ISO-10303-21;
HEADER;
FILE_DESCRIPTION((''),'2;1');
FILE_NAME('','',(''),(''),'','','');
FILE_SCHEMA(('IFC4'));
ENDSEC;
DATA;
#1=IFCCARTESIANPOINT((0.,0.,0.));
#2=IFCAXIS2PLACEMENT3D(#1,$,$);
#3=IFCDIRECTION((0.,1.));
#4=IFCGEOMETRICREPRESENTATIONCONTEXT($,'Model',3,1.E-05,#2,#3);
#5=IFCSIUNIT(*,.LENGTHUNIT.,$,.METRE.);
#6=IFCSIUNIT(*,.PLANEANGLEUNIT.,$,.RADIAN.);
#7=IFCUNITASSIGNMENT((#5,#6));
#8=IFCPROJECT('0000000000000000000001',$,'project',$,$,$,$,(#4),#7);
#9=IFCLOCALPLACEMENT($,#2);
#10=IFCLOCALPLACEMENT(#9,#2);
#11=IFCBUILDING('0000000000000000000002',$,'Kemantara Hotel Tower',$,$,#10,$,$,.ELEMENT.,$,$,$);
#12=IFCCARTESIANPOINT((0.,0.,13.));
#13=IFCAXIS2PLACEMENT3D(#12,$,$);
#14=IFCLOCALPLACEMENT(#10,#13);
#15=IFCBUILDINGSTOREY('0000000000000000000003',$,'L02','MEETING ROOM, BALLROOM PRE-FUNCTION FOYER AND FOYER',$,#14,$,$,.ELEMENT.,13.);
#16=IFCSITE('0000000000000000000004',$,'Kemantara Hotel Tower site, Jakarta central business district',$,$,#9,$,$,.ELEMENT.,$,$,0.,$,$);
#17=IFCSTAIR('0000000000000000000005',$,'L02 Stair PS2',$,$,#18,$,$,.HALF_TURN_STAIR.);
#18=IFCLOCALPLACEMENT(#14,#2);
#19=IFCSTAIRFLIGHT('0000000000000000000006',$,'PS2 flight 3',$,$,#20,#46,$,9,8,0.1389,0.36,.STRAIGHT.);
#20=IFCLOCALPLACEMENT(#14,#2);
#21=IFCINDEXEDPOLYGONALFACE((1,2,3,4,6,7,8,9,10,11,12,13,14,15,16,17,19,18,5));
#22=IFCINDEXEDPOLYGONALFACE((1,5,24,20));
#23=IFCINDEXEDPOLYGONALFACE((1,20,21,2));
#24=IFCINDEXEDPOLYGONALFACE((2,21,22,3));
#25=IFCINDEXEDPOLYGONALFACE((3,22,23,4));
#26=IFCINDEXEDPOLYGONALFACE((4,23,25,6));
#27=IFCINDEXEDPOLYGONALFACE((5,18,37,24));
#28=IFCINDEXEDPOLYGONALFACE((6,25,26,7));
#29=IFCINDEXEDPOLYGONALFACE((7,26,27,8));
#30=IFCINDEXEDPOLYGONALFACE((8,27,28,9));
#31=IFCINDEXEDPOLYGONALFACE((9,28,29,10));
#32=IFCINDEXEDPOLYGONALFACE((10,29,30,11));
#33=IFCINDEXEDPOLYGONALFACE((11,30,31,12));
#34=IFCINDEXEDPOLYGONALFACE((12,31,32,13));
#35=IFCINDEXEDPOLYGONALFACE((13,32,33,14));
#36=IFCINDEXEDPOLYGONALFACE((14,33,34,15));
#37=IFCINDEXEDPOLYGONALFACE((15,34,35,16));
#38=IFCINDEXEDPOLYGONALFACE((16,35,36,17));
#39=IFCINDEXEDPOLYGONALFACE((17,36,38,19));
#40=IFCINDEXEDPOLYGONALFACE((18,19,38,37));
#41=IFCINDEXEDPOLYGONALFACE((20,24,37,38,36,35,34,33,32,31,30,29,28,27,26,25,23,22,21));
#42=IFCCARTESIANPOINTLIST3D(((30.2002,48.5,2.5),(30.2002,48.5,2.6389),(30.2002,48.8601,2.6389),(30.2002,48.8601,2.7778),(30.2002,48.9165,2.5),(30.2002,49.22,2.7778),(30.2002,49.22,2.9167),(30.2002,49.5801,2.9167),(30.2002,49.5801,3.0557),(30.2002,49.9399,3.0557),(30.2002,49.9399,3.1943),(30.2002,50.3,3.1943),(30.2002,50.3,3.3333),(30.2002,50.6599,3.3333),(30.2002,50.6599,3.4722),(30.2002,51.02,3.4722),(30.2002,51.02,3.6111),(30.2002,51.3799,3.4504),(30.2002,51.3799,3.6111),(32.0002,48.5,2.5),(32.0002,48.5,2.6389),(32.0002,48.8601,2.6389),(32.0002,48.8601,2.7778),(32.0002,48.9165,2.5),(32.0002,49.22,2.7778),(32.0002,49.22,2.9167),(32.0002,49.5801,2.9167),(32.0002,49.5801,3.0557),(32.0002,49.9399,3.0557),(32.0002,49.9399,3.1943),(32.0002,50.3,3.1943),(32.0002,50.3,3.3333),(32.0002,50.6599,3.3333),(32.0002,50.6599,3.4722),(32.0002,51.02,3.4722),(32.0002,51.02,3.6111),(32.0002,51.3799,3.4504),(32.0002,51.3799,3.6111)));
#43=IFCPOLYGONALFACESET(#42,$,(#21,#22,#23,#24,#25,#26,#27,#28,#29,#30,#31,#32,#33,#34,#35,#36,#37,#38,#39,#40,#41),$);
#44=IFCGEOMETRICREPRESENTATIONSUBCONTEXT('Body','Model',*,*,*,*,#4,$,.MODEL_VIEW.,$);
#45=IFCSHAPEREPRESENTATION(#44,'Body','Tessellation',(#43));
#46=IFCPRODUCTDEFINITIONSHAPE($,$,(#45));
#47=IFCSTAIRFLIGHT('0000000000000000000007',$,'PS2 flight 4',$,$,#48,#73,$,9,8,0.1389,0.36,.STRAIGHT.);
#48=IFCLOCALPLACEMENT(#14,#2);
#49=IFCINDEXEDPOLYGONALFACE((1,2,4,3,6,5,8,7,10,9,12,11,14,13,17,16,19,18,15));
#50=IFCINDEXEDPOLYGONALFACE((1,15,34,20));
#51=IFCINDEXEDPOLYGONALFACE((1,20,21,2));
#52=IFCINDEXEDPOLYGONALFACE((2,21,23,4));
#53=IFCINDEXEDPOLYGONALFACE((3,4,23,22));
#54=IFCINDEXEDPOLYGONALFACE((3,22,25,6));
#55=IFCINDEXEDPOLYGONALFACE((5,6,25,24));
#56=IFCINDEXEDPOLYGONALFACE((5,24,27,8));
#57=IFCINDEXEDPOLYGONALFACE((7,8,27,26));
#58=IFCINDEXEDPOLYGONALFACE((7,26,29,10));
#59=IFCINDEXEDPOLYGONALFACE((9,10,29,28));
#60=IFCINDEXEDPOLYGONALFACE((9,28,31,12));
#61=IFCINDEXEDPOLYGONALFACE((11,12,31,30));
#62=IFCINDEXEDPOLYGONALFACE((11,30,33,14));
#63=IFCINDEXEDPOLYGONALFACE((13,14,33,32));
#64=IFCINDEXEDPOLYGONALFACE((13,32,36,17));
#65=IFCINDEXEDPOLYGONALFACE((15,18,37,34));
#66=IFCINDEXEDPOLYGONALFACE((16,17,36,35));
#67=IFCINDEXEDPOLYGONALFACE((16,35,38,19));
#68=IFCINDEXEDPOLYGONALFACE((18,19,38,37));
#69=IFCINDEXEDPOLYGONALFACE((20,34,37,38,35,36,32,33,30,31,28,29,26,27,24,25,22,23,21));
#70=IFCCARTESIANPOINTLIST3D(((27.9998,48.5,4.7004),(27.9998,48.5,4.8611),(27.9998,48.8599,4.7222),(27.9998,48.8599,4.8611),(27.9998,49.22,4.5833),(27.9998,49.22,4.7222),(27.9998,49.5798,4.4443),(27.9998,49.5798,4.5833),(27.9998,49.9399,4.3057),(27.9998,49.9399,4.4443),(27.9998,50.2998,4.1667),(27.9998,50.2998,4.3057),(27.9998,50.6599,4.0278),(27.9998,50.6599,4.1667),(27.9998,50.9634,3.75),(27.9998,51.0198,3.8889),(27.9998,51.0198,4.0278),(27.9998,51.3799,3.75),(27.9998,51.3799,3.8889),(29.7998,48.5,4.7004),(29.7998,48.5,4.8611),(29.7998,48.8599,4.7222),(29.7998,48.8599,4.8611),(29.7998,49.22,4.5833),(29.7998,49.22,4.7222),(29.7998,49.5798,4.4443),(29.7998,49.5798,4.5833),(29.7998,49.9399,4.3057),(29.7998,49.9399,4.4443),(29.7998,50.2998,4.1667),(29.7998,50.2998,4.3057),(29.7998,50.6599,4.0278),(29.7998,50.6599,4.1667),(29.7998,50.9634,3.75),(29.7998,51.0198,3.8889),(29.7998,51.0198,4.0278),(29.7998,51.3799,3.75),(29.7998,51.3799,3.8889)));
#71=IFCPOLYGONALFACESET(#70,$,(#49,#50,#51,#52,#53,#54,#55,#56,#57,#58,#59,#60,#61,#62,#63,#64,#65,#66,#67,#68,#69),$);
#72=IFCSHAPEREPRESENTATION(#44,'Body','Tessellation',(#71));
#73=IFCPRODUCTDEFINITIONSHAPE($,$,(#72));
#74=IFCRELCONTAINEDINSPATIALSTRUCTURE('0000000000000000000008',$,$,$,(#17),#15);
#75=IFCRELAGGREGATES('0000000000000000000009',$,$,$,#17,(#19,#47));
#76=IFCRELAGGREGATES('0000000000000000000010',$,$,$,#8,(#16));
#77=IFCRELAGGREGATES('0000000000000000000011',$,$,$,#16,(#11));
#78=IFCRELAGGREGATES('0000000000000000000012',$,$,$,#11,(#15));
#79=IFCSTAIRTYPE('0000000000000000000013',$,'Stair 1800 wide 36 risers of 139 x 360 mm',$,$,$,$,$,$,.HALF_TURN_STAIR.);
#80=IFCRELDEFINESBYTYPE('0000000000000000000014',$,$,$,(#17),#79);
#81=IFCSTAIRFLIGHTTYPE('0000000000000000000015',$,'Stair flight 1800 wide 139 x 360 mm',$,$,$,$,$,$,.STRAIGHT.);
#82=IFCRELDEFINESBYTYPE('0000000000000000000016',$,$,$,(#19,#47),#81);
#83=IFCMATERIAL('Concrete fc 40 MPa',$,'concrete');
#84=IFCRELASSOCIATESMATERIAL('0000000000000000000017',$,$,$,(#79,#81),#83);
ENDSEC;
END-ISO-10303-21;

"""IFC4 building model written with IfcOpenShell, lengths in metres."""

from ifc_helpers import new_model, si_unit, direction, frame, origin, place, context, subcontext, project, spatial, polyline, outline, extrude, material, type_object, element, aggregate, save


model = new_model("IFC4")

# Units and contexts
model_context = context("Model", 3, precision=1e-05, world=origin(), true_north=direction((0.0, 1.0)))
body_context = subcontext(model_context, "Body", "Model", "MODEL_VIEW")
ifc_project = project(units=[si_unit("LENGTHUNIT", "METRE"), si_unit("PLANEANGLEUNIT", "RADIAN")], contexts=[model_context])

# Site, building, storey
site_placement = place(None, origin())
site = spatial("IfcSite", under=ifc_project, at=site_placement, Name="Kemantara Hotel Tower site, Jakarta central business district", CompositionType="ELEMENT", RefElevation=0.0)
building_placement = place(site_placement, origin())
building = spatial("IfcBuilding", under=site, at=building_placement, Name="Kemantara Hotel Tower", CompositionType="ELEMENT")
storey_placement = place(building_placement, frame((0.0, 0.0, 13.0)))
storey = spatial("IfcBuildingStorey", under=building, at=storey_placement, Name="L02", Description="MEETING ROOM, BALLROOM PRE-FUNCTION FOYER AND FOYER", CompositionType="ELEMENT", Elevation=13.0)

# Shared definitions
ifc_material_1 = material(Name="Concrete fc 40 MPa", Category="concrete")

# Stair, stair flights
stair_type = type_object("IfcStairType", Name="Stair 1800 wide 36 risers of 139 x 360 mm", PredefinedType="HALF_TURN_STAIR", material=ifc_material_1)
stair_placement = place(storey_placement, origin())
stair = element("IfcStair", 1, at=stair_placement, inside=storey, type_object=stair_type, Name="L02 Stair PS2", PredefinedType="HALF_TURN_STAIR")
stair_flight_type = type_object("IfcStairFlightType", Name="Stair flight 1800 wide 139 x 360 mm", PredefinedType="STRAIGHT", material=ifc_material_1)
stair_flight_1_placement = place(storey_placement, frame((31.1001, 48.5, 2.5), z_axis=(0.0, 0.0, 1.0), x_axis=(0.0, 1.0, 0.0)))
stair_flight_1 = element("IfcStairFlight", 2, at=stair_flight_1_placement, type_object=stair_flight_type, Name="PS2 flight 3", NumberOfRisers=9, NumberOfTreads=8, PredefinedType="STRAIGHT", RiserHeight=0.1389, TreadLength=0.36, context=body_context, shape_type="SweptSolid", body=[
    extrude(outline(polyline([(0.0, 0.0), (0.0, 0.1389), (0.3601, 0.1389), (0.3601, 0.2778), (0.72, 0.2778), (0.72, 0.4167), (1.0801, 0.4167), (1.0801, 0.5557), (1.4399, 0.5557), (1.4399, 0.6943), (1.8, 0.6943), (1.8, 0.8333), (2.1599, 0.8333), (2.1599, 0.9722), (2.52, 0.9722), (2.52, 1.1111), (2.8799, 1.1111), (2.8799, 1.25), (2.8799, 0.9504), (0.4165, 0.0), (0.0, 0.0)])), frame((0.0, 0.8999, 0.0), z_axis=(0.0, -1.0, 0.0), x_axis=(1.0, 0.0, 0.0)), (0.0, 0.0, 1.0), 1.8),
])
stair_flight_2_placement = place(storey_placement, frame((28.8999, 51.3799, 3.75), z_axis=(0.0, 0.0, 1.0), x_axis=(0.0, -1.0, 0.0)))
stair_flight_2 = element("IfcStairFlight", 3, at=stair_flight_2_placement, type_object=stair_flight_type, Name="PS2 flight 4", NumberOfRisers=9, NumberOfTreads=8, PredefinedType="STRAIGHT", RiserHeight=0.1389, TreadLength=0.36, context=body_context, shape_type="SweptSolid", body=[
    extrude(outline(polyline([(0.0, 0.0), (0.0, 0.1389), (0.3601, 0.1389), (0.3601, 0.2778), (0.72, 0.2778), (0.72, 0.4167), (1.0801, 0.4167), (1.0801, 0.5557), (1.4399, 0.5557), (1.4399, 0.6943), (1.8, 0.6943), (1.8, 0.8333), (2.1599, 0.8333), (2.1599, 0.9722), (2.52, 0.9722), (2.52, 1.1111), (2.8799, 1.1111), (2.8799, 1.25), (2.8799, 0.9504), (0.4165, 0.0), (0.0, 0.0)])), frame((0.0, 0.8999, 0.0), z_axis=(0.0, -1.0, 0.0), x_axis=(1.0, 0.0, 0.0)), (0.0, 0.0, 1.0), 1.8),
])
aggregate(stair, [stair_flight_1, stair_flight_2])

save(model, "model.ifc")
